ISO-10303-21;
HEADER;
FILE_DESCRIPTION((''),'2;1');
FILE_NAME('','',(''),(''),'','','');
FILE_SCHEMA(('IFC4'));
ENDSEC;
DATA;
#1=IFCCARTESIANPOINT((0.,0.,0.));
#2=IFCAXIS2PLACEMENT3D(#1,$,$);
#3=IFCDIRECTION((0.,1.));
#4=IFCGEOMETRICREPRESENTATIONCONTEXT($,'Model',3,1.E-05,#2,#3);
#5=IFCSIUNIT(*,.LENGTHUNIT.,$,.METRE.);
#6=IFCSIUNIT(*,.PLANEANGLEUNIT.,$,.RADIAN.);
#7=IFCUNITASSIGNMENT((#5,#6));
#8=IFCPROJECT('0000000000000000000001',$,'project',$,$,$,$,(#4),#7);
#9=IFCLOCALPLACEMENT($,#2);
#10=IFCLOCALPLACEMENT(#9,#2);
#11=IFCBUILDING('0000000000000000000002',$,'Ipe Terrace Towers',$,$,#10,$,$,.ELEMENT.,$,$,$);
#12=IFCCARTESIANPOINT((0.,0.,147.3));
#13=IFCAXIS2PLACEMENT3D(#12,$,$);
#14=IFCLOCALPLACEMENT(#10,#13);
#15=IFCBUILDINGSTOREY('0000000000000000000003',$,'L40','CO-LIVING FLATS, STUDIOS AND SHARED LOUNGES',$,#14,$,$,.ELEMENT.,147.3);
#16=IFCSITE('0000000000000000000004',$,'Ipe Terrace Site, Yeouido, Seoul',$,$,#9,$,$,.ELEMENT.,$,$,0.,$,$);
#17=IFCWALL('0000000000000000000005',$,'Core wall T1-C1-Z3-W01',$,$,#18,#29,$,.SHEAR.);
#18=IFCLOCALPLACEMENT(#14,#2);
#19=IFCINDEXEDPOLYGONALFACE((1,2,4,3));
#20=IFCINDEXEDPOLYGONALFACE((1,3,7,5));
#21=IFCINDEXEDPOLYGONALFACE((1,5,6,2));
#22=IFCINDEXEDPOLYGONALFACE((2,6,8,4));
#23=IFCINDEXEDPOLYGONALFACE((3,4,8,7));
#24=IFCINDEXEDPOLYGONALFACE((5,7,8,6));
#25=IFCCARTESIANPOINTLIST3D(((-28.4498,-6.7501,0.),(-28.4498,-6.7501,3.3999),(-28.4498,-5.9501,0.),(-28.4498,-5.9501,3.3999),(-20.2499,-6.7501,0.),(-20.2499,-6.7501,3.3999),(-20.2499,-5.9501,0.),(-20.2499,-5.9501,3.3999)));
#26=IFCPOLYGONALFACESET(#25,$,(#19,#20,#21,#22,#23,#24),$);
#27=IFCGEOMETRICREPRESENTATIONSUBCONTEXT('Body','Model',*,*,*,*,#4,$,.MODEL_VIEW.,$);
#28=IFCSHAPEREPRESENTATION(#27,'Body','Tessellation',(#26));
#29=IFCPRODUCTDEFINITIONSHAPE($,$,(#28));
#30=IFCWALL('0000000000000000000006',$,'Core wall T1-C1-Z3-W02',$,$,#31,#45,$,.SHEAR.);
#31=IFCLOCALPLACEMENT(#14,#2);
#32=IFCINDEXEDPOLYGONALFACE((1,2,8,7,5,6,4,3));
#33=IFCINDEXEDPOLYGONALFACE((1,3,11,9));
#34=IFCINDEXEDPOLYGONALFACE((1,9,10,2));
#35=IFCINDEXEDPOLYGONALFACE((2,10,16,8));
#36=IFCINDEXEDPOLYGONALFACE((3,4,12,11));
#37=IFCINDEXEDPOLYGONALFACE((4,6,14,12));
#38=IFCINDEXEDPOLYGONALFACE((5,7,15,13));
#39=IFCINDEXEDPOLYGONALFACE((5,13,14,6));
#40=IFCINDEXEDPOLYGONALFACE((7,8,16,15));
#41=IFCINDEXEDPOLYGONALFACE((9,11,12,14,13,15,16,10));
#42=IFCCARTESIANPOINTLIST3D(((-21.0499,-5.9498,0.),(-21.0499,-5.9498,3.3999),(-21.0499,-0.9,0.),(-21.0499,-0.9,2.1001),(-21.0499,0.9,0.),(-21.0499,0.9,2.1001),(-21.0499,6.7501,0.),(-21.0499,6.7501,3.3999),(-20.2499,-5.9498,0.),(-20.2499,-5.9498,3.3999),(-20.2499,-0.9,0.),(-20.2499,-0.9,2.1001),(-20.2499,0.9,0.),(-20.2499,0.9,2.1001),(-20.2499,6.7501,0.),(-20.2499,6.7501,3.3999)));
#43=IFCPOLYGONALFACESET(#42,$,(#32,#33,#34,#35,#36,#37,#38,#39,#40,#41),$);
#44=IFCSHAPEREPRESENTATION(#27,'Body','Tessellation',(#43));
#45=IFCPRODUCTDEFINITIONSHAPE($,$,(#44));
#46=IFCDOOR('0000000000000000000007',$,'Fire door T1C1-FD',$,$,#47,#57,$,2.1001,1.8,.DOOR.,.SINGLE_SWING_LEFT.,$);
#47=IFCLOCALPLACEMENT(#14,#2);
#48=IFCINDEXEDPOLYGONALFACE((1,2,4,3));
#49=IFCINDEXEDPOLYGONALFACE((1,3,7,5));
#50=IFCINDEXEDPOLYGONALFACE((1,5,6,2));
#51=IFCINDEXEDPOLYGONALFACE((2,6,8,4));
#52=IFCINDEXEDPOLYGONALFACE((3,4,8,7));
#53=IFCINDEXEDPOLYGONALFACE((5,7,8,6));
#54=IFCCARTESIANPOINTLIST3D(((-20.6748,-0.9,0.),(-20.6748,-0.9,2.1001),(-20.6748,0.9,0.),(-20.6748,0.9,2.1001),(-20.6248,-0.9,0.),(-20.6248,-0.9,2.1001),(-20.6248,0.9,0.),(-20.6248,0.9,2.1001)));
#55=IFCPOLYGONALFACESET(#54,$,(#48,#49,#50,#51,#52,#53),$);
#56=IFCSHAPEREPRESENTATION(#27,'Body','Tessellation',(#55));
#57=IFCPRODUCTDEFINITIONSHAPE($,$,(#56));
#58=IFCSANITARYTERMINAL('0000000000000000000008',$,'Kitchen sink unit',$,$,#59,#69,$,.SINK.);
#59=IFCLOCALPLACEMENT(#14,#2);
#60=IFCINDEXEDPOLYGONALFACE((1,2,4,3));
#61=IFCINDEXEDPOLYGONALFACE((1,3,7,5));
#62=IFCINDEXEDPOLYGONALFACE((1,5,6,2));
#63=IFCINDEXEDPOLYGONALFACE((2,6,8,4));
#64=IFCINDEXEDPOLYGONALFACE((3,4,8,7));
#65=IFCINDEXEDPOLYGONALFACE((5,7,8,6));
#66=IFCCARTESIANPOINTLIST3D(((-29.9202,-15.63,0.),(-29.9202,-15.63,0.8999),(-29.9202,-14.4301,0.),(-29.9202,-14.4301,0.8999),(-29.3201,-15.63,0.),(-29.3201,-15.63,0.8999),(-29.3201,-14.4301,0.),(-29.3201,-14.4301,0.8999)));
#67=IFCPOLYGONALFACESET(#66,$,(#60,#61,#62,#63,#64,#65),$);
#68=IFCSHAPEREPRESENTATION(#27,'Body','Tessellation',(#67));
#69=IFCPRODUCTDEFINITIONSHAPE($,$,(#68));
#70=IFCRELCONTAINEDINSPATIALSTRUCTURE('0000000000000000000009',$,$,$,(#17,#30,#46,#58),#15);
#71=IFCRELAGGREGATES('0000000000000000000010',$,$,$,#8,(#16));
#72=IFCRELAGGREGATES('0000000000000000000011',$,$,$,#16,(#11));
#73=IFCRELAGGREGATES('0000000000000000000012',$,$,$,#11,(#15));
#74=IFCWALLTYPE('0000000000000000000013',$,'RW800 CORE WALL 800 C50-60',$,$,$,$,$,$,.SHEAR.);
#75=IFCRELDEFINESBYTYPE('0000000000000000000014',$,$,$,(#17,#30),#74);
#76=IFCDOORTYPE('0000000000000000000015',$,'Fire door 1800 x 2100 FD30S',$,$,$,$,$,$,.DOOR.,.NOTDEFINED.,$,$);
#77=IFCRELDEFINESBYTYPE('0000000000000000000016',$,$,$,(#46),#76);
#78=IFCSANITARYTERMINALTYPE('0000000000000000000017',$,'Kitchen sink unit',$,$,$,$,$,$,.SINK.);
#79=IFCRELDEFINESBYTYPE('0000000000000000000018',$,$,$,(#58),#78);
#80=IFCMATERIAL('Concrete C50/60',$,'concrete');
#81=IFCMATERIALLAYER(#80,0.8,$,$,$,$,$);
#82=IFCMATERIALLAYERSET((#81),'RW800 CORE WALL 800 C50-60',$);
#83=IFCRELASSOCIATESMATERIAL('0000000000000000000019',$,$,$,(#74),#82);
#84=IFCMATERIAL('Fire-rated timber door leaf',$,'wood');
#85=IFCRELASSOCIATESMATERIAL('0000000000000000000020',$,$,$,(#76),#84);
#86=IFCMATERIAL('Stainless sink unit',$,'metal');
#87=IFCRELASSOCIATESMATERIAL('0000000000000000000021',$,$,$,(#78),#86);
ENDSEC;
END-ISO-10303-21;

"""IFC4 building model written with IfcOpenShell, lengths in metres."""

from ifc_helpers import new_model, si_unit, direction, frame, frame_2d, origin, origin_2d, place, context, subcontext, project, spatial, rectangle, extrude, material, layer, layer_set, type_object, element, fill, save


model = new_model("IFC4")

# Units and contexts
model_context = context("Model", 3, precision=1e-05, world=origin(), true_north=direction((0.0, 1.0)))
body_context = subcontext(model_context, "Body", "Model", "MODEL_VIEW")
ifc_project = project(units=[si_unit("LENGTHUNIT", "METRE"), si_unit("PLANEANGLEUNIT", "RADIAN")], contexts=[model_context])

# Site, building, storey
site_placement = place(None, origin())
site = spatial("IfcSite", under=ifc_project, at=site_placement, Name="Ipe Terrace Site, Yeouido, Seoul", CompositionType="ELEMENT", RefElevation=0.0)
building_placement = place(site_placement, origin())
building = spatial("IfcBuilding", under=site, at=building_placement, Name="Ipe Terrace Towers", CompositionType="ELEMENT")
storey_placement = place(building_placement, frame((0.0, 0.0, 147.3)))
storey = spatial("IfcBuildingStorey", under=building, at=storey_placement, Name="L40", Description="CO-LIVING FLATS, STUDIOS AND SHARED LOUNGES", CompositionType="ELEMENT", Elevation=147.3)

# Wall
ifc_material_1 = material(Name="Concrete C50/60", Category="concrete")
ifc_layer_1 = layer(ifc_material_1, 0.8)
ifc_layer_set_1 = layer_set([ifc_layer_1], Name="RW800 CORE WALL 800 C50-60")
wall_type_1 = type_object("IfcWallType", Name="RW800 CORE WALL 800 C50-60", PredefinedType="SHEAR", material=ifc_layer_set_1)
wall_1_placement = place(storey_placement, frame((-28.45, -6.3501, 0.0), z_axis=(0.0, 0.0, 1.0), x_axis=(1.0, 0.0, 0.0)))
element("IfcWall", 1, at=wall_1_placement, inside=storey, type_object=wall_type_1, Name="Core wall T1-C1-Z3-W01", PredefinedType="SHEAR", context=body_context, shape_type="SweptSolid", body=[
    extrude(rectangle(XDim=8.2, YDim=0.8, at=frame_2d((4.1001, 0.0))), origin(), (0.0, 0.0, 1.0), 3.3999),
])

# Wall, opening, door
wall_2_placement = place(storey_placement, frame((-20.6499, -5.95, 0.0), z_axis=(0.0, 0.0, 1.0), x_axis=(0.0, 1.0, 0.0)))
wall_2 = element("IfcWall", 2, at=wall_2_placement, inside=storey, type_object=wall_type_1, Name="Core wall T1-C1-Z3-W02", PredefinedType="SHEAR", context=body_context, shape_type="SweptSolid", body=[
    extrude(rectangle(XDim=12.7, YDim=0.8, at=frame_2d((6.3501, 0.0))), origin(), (0.0, 0.0, 1.0), 3.3999),
])
opening_1_placement = place(wall_2_placement, frame((5.05, 0.0, 0.0)))
opening_1 = element("IfcOpeningElement", 3, at=opening_1_placement, cuts=wall_2, PredefinedType="OPENING", context=body_context, shape_type="SweptSolid", body=[
    extrude(rectangle(XDim=1.8, YDim=2.1001, at=frame_2d((0.8999, 1.05))), frame((0.0, 0.4102, 0.0), z_axis=(0.0, -1.0, 0.0), x_axis=(1.0, 0.0, 0.0)), (0.0, 0.0, 1.0), 0.8201),
])
ifc_material_2 = material(Name="Fire-rated timber door leaf", Category="wood")
door_type_1 = type_object("IfcDoorType", Name="Fire door 1800 x 2100 FD30S", OperationType="NOTDEFINED", PredefinedType="DOOR", material=ifc_material_2)
door_1_placement = place(opening_1_placement, origin())
door_1 = element("IfcDoor", 4, at=door_1_placement, inside=storey, type_object=door_type_1, Name="Fire door T1C1-FD", OperationType="SINGLE_SWING_LEFT", OverallHeight=2.1001, OverallWidth=1.8, PredefinedType="DOOR", context=body_context, shape_type="SweptSolid", body=[
    extrude(rectangle(XDim=1.8, YDim=2.1001, at=frame_2d((0.8999, 1.05))), frame((0.0, 0.0249, 0.0), z_axis=(0.0, -1.0, 0.0), x_axis=(1.0, 0.0, 0.0)), (0.0, 0.0, 1.0), 0.05),
])
fill(opening_1, door_1)

# Sanitary terminal
ifc_material_3 = material(Name="Stainless sink unit", Category="metal")
sanitary_terminal_type = type_object("IfcSanitaryTerminalType", Name="Kitchen sink unit", PredefinedType="SINK", material=ifc_material_3)
sanitary_terminal_placement = place(storey_placement, frame((-29.6201, -15.03, 0.0), z_axis=(0.0, 0.0, 1.0), x_axis=(0.0, -1.0, 0.0)))
element("IfcSanitaryTerminal", 5, at=sanitary_terminal_placement, inside=storey, type_object=sanitary_terminal_type, Name="Kitchen sink unit", PredefinedType="SINK", context=body_context, shape_type="SweptSolid", body=[
    extrude(rectangle(XDim=1.2, YDim=0.6001, at=origin_2d()), origin(), (0.0, 0.0, 1.0), 0.8999),
])

save(model, "model.ifc")
